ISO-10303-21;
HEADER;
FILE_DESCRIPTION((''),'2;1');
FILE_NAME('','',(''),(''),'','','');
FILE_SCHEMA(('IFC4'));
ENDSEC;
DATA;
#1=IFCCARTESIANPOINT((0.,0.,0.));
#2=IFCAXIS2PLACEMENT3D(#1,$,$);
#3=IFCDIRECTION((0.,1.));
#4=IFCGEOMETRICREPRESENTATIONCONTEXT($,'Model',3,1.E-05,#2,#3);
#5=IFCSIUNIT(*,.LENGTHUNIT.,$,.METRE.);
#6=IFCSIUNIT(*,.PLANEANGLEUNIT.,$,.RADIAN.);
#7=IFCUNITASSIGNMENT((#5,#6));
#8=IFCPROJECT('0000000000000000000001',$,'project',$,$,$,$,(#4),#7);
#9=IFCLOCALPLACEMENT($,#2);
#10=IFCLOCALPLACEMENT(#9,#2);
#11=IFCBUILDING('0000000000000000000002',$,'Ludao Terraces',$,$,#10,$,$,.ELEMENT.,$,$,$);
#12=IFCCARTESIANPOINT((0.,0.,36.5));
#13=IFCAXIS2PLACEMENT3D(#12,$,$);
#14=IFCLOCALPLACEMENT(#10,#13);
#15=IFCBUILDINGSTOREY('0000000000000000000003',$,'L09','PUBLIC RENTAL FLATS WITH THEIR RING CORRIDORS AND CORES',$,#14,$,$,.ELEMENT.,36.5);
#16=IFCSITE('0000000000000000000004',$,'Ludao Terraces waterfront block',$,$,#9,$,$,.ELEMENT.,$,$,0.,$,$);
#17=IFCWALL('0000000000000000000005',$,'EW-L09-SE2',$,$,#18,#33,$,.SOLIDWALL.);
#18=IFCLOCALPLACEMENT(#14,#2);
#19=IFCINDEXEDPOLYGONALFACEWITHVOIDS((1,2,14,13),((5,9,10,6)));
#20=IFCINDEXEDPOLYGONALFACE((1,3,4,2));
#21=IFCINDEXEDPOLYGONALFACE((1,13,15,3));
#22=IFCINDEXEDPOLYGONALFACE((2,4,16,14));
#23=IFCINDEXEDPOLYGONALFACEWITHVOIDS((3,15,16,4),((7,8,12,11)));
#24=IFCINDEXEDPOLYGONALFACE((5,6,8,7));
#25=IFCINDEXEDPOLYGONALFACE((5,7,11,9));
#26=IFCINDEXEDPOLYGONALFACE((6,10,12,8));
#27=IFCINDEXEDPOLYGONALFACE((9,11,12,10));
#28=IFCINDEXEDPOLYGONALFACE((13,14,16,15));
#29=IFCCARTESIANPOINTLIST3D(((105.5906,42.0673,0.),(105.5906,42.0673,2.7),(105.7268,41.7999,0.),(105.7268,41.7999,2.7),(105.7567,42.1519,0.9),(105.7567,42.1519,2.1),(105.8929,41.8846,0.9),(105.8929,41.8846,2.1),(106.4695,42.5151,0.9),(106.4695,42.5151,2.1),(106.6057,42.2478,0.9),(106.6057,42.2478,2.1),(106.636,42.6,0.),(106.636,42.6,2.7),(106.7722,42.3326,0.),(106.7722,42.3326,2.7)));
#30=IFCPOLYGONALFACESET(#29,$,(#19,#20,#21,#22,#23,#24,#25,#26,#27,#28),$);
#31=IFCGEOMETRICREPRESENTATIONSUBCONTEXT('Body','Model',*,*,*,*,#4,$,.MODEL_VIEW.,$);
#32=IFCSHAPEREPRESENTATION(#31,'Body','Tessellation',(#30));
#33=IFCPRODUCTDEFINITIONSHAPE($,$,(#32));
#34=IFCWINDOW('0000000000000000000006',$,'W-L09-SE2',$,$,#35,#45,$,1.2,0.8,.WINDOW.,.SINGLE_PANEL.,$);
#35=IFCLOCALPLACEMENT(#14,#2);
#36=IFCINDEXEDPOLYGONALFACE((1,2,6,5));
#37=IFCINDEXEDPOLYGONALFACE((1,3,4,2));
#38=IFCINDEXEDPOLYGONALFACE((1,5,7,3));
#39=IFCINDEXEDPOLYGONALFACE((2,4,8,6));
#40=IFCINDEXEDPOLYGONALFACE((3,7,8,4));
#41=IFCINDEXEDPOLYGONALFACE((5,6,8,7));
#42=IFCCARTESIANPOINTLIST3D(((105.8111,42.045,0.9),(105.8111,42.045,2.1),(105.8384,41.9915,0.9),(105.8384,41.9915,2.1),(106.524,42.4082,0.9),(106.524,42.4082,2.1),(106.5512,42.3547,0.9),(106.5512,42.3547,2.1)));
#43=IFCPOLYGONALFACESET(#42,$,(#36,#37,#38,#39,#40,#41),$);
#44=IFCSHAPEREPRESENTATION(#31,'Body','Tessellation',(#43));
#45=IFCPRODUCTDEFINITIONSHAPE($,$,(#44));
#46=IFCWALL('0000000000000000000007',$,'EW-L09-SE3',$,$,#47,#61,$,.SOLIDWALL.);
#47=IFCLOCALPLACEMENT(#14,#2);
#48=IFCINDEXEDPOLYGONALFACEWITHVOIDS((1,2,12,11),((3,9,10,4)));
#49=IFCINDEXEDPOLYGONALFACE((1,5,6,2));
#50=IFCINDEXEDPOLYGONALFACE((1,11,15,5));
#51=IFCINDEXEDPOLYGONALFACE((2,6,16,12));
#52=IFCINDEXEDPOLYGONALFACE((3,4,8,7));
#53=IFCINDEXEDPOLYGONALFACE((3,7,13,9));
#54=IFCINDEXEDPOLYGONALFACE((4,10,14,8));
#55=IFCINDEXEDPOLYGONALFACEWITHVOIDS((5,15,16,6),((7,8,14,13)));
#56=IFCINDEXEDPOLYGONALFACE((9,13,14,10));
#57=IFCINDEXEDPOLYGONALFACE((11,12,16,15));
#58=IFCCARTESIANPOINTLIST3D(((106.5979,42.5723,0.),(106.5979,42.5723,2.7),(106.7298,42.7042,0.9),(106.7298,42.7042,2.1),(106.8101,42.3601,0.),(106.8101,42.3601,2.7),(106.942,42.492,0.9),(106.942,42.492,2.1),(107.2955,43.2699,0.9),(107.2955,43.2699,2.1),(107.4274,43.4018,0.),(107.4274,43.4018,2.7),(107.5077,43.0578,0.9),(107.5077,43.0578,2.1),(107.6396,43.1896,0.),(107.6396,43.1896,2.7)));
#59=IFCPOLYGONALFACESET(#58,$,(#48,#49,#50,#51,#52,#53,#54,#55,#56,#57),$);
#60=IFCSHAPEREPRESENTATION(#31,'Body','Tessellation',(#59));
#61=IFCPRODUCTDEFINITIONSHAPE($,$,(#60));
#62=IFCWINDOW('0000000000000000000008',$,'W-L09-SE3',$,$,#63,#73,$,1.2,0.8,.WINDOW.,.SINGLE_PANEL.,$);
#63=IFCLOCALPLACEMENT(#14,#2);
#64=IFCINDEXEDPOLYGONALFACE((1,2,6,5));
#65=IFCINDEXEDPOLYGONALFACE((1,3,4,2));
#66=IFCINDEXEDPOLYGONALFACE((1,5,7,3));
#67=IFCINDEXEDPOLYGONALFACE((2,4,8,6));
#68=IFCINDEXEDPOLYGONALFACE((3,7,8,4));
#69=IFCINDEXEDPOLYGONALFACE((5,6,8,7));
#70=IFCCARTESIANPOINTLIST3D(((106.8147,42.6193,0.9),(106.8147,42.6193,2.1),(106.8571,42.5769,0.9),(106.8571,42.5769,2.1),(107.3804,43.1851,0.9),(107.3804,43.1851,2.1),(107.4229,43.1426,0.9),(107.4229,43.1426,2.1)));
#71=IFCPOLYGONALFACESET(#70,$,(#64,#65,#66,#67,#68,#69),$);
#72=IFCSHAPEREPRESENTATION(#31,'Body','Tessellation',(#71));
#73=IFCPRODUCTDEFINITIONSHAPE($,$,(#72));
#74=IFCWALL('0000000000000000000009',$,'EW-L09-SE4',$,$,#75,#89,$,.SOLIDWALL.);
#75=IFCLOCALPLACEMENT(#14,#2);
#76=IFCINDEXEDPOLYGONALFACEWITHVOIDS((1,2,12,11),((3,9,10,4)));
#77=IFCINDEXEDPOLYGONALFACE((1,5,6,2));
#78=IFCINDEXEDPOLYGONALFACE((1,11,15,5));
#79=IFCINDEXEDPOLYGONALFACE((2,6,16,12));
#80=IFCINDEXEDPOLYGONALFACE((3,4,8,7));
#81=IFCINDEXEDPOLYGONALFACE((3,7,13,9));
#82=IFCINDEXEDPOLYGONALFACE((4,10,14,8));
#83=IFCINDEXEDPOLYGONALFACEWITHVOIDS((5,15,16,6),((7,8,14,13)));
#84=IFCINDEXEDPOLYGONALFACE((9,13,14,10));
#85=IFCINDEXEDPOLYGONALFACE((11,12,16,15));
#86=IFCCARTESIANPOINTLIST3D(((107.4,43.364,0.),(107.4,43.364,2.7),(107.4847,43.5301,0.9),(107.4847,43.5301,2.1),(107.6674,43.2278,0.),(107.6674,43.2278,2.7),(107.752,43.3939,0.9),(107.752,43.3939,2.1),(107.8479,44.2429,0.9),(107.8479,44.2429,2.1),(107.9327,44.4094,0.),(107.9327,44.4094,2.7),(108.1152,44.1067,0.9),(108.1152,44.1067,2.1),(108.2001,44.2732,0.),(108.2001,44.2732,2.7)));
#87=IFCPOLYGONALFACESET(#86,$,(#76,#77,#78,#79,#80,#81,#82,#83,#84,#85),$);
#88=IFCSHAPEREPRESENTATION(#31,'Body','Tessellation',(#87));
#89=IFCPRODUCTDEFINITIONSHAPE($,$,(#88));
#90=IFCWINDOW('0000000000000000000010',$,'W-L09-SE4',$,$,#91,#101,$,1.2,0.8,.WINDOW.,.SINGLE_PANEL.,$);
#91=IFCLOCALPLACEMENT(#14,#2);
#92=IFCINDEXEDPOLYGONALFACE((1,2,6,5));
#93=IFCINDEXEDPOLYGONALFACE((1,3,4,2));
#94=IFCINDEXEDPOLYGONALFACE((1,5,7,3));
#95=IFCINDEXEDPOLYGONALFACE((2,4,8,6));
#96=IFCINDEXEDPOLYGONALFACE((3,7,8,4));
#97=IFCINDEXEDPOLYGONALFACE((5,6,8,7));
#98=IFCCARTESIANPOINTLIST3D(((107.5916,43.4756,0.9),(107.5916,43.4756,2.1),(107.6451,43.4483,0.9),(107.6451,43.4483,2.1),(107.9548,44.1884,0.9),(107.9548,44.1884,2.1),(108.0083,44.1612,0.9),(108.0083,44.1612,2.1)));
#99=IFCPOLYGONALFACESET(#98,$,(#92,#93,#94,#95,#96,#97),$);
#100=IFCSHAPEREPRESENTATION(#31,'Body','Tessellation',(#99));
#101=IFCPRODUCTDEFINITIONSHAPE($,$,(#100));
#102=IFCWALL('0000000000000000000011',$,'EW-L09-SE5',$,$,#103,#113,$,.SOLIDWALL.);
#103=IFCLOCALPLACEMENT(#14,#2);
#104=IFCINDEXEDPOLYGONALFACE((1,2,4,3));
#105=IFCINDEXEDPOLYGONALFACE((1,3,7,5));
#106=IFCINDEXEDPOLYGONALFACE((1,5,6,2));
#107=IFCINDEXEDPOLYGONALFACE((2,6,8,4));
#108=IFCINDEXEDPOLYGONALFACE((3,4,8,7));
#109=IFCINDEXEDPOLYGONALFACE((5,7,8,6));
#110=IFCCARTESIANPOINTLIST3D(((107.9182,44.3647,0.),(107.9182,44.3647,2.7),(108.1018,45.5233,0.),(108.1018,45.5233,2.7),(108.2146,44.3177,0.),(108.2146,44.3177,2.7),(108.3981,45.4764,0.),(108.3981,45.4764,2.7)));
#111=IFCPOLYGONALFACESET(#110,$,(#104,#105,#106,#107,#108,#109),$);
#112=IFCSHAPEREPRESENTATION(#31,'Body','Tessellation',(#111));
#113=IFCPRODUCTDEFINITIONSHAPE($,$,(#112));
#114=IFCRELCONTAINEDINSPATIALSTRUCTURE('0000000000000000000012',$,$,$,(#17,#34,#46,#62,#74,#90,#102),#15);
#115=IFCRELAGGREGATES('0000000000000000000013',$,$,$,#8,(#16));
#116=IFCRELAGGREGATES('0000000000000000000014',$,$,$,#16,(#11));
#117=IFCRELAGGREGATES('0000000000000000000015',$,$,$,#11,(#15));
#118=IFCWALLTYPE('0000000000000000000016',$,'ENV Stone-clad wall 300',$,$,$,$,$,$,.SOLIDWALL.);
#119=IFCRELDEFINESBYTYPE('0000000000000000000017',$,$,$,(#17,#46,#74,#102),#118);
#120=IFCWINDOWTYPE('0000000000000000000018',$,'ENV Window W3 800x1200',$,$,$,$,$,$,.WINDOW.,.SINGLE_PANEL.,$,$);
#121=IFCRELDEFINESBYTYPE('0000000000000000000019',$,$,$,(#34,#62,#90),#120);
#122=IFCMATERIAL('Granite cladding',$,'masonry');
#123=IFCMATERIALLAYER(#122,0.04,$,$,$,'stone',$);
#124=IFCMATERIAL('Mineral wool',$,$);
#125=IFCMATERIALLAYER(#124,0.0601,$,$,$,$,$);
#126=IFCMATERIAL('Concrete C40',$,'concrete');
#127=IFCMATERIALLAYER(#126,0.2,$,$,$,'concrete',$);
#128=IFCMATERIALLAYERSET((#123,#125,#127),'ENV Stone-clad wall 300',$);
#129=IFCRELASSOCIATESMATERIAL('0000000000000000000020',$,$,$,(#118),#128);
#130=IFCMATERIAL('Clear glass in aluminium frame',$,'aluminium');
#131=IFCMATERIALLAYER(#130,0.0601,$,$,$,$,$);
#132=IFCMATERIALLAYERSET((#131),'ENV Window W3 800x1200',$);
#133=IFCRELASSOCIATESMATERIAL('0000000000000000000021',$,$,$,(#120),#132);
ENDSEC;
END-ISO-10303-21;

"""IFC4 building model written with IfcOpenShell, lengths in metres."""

from ifc_helpers import new_model, si_unit, direction, frame, frame_2d, origin, place, context, subcontext, project, spatial, rectangle, extrude, material, layer, layer_set, type_object, element, fill, save


model = new_model("IFC4")

# Units and contexts
model_context = context("Model", 3, precision=1e-05, world=origin(), true_north=direction((0.0, 1.0)))
body_context = subcontext(model_context, "Body", "Model", "MODEL_VIEW")
ifc_project = project(units=[si_unit("LENGTHUNIT", "METRE"), si_unit("PLANEANGLEUNIT", "RADIAN")], contexts=[model_context])

# Site, building, storey
site_placement = place(None, origin())
site = spatial("IfcSite", under=ifc_project, at=site_placement, Name="Ludao Terraces waterfront block", CompositionType="ELEMENT", RefElevation=0.0)
building_placement = place(site_placement, origin())
building = spatial("IfcBuilding", under=site, at=building_placement, Name="Ludao Terraces", CompositionType="ELEMENT")
storey_placement = place(building_placement, frame((0.0, 0.0, 36.5)))
storey = spatial("IfcBuildingStorey", under=building, at=storey_placement, Name="L09", Description="PUBLIC RENTAL FLATS WITH THEIR RING CORRIDORS AND CORES", CompositionType="ELEMENT", Elevation=36.5)

# Shared definitions
ifc_material_1 = material(Name="Concrete C40", Category="concrete")

# Shared definitions
ifc_material_2 = material(Name="Granite cladding", Category="masonry")
ifc_layer_1 = layer(ifc_material_2, 0.04, Category="stone")
ifc_material_3 = material(Name="Mineral wool")
ifc_layer_2 = layer(ifc_material_3, 0.0601)
ifc_layer_3 = layer(ifc_material_1, 0.2, Category="concrete")
ifc_layer_set_1 = layer_set([ifc_layer_1, ifc_layer_2, ifc_layer_3], Name="ENV Stone-clad wall 300")
wall_type_1 = type_object("IfcWallType", Name="ENV Stone-clad wall 300", PredefinedType="SOLIDWALL", material=ifc_layer_set_1)
ifc_material_4 = material(Name="Clear glass in aluminium frame", Category="aluminium")

# Walls, openings, windows
wall_1_placement = place(storey_placement, frame((105.6587, 41.9336, 0.0), z_axis=(0.0, 0.0, 1.0), x_axis=(0.890989, 0.454026, 0.0)))
wall_1 = element("IfcWall", 1, at=wall_1_placement, inside=storey, type_object=wall_type_1, Name="EW-L09-SE2", PredefinedType="SOLIDWALL", context=body_context, shape_type="SweptSolid", body=[
    extrude(rectangle(XDim=1.1733, YDim=0.3, at=frame_2d((0.5867, 0.0))), origin(), (0.0, 0.0, 1.0), 2.7),
])
opening_1_placement = place(wall_1_placement, frame((0.1865, 0.0, 0.8999)))
opening_1 = element("IfcOpeningElement", 2, at=opening_1_placement, cuts=wall_1, PredefinedType="OPENING", context=body_context, shape_type="SweptSolid", body=[
    extrude(rectangle(XDim=0.8, YDim=1.2, at=frame_2d((0.3999, 0.6001))), frame((0.0, 0.1602, 0.0), z_axis=(0.0, -1.0, 0.0), x_axis=(1.0, 0.0, 0.0)), (0.0, 0.0, 1.0), 0.3201),
])
ifc_layer_4 = layer(ifc_material_4, 0.0601)
ifc_layer_set_2 = layer_set([ifc_layer_4], Name="ENV Window W3 800x1200")
window_type_1 = type_object("IfcWindowType", Name="ENV Window W3 800x1200", PartitioningType="SINGLE_PANEL", PredefinedType="WINDOW", material=ifc_layer_set_2)
window_1_placement = place(opening_1_placement, origin())
window_1 = element("IfcWindow", 3, at=window_1_placement, inside=storey, type_object=window_type_1, Name="W-L09-SE2", OverallHeight=1.2, OverallWidth=0.8, PartitioningType="SINGLE_PANEL", PredefinedType="WINDOW", context=body_context, shape_type="SweptSolid", body=[
    extrude(rectangle(XDim=0.8, YDim=1.2, at=frame_2d((0.3999, 0.6001))), frame((0.0, 0.03, 0.0), z_axis=(0.0, -1.0, 0.0), x_axis=(1.0, 0.0, 0.0)), (0.0, 0.0, 1.0), 0.0601),
])
fill(opening_1, window_1)
wall_2_placement = place(storey_placement, frame((106.7041, 42.4663, 0.0), z_axis=(0.0, 0.0, 1.0), x_axis=(0.707107, 0.707107, 0.0)))
wall_2 = element("IfcWall", 4, at=wall_2_placement, inside=storey, type_object=wall_type_1, Name="EW-L09-SE3", PredefinedType="SOLIDWALL", context=body_context, shape_type="SweptSolid", body=[
    extrude(rectangle(XDim=1.1731, YDim=0.3, at=frame_2d((0.5864, 0.0))), origin(), (0.0, 0.0, 1.0), 2.7),
])
opening_2_placement = place(wall_2_placement, frame((0.1865, 0.0, 0.8999)))
opening_2 = element("IfcOpeningElement", 5, at=opening_2_placement, cuts=wall_2, PredefinedType="OPENING", context=body_context, shape_type="SweptSolid", body=[
    extrude(rectangle(XDim=0.8, YDim=1.2, at=frame_2d((0.3999, 0.6001))), frame((0.0, 0.1602, 0.0), z_axis=(0.0, -1.0, 0.0), x_axis=(1.0, 0.0, 0.0)), (0.0, 0.0, 1.0), 0.3201),
])
window_2_placement = place(opening_2_placement, origin())
window_2 = element("IfcWindow", 6, at=window_2_placement, inside=storey, type_object=window_type_1, Name="W-L09-SE3", OverallHeight=1.2, OverallWidth=0.8, PartitioningType="SINGLE_PANEL", PredefinedType="WINDOW", context=body_context, shape_type="SweptSolid", body=[
    extrude(rectangle(XDim=0.8, YDim=1.2, at=frame_2d((0.3999, 0.6001))), frame((0.0, 0.03, 0.0), z_axis=(0.0, -1.0, 0.0), x_axis=(1.0, 0.0, 0.0)), (0.0, 0.0, 1.0), 0.0601),
])
fill(opening_2, window_2)
wall_3_placement = place(storey_placement, frame((107.5337, 43.2959, 0.0), z_axis=(0.0, 0.0, 1.0), x_axis=(0.454026, 0.890989, 0.0)))
wall_3 = element("IfcWall", 7, at=wall_3_placement, inside=storey, type_object=wall_type_1, Name="EW-L09-SE4", PredefinedType="SOLIDWALL", context=body_context, shape_type="SweptSolid", body=[
    extrude(rectangle(XDim=1.1733, YDim=0.3, at=frame_2d((0.5867, 0.0))), origin(), (0.0, 0.0, 1.0), 2.7),
])
opening_3_placement = place(wall_3_placement, frame((0.1865, 0.0, 0.8999)))
opening_3 = element("IfcOpeningElement", 8, at=opening_3_placement, cuts=wall_3, PredefinedType="OPENING", context=body_context, shape_type="SweptSolid", body=[
    extrude(rectangle(XDim=0.8, YDim=1.2, at=frame_2d((0.3999, 0.6001))), frame((0.0, 0.1602, 0.0), z_axis=(0.0, -1.0, 0.0), x_axis=(1.0, 0.0, 0.0)), (0.0, 0.0, 1.0), 0.3201),
])
window_3_placement = place(opening_3_placement, origin())
window_3 = element("IfcWindow", 9, at=window_3_placement, inside=storey, type_object=window_type_1, Name="W-L09-SE4", OverallHeight=1.2, OverallWidth=0.8, PartitioningType="SINGLE_PANEL", PredefinedType="WINDOW", context=body_context, shape_type="SweptSolid", body=[
    extrude(rectangle(XDim=0.8, YDim=1.2, at=frame_2d((0.3999, 0.6001))), frame((0.0, 0.03, 0.0), z_axis=(0.0, -1.0, 0.0), x_axis=(1.0, 0.0, 0.0)), (0.0, 0.0, 1.0), 0.0601),
])
fill(opening_3, window_3)

# Wall
wall_4_placement = place(storey_placement, frame((108.0664, 44.3413, 0.0), z_axis=(0.0, 0.0, 1.0), x_axis=(0.156497, 0.987678, 0.0)))
element("IfcWall", 10, at=wall_4_placement, inside=storey, type_object=wall_type_1, Name="EW-L09-SE5", PredefinedType="SOLIDWALL", context=body_context, shape_type="SweptSolid", body=[
    extrude(rectangle(XDim=1.1731, YDim=0.3, at=frame_2d((0.5864, 0.0))), origin(), (0.0, 0.0, 1.0), 2.7),
])

save(model, "model.ifc")
